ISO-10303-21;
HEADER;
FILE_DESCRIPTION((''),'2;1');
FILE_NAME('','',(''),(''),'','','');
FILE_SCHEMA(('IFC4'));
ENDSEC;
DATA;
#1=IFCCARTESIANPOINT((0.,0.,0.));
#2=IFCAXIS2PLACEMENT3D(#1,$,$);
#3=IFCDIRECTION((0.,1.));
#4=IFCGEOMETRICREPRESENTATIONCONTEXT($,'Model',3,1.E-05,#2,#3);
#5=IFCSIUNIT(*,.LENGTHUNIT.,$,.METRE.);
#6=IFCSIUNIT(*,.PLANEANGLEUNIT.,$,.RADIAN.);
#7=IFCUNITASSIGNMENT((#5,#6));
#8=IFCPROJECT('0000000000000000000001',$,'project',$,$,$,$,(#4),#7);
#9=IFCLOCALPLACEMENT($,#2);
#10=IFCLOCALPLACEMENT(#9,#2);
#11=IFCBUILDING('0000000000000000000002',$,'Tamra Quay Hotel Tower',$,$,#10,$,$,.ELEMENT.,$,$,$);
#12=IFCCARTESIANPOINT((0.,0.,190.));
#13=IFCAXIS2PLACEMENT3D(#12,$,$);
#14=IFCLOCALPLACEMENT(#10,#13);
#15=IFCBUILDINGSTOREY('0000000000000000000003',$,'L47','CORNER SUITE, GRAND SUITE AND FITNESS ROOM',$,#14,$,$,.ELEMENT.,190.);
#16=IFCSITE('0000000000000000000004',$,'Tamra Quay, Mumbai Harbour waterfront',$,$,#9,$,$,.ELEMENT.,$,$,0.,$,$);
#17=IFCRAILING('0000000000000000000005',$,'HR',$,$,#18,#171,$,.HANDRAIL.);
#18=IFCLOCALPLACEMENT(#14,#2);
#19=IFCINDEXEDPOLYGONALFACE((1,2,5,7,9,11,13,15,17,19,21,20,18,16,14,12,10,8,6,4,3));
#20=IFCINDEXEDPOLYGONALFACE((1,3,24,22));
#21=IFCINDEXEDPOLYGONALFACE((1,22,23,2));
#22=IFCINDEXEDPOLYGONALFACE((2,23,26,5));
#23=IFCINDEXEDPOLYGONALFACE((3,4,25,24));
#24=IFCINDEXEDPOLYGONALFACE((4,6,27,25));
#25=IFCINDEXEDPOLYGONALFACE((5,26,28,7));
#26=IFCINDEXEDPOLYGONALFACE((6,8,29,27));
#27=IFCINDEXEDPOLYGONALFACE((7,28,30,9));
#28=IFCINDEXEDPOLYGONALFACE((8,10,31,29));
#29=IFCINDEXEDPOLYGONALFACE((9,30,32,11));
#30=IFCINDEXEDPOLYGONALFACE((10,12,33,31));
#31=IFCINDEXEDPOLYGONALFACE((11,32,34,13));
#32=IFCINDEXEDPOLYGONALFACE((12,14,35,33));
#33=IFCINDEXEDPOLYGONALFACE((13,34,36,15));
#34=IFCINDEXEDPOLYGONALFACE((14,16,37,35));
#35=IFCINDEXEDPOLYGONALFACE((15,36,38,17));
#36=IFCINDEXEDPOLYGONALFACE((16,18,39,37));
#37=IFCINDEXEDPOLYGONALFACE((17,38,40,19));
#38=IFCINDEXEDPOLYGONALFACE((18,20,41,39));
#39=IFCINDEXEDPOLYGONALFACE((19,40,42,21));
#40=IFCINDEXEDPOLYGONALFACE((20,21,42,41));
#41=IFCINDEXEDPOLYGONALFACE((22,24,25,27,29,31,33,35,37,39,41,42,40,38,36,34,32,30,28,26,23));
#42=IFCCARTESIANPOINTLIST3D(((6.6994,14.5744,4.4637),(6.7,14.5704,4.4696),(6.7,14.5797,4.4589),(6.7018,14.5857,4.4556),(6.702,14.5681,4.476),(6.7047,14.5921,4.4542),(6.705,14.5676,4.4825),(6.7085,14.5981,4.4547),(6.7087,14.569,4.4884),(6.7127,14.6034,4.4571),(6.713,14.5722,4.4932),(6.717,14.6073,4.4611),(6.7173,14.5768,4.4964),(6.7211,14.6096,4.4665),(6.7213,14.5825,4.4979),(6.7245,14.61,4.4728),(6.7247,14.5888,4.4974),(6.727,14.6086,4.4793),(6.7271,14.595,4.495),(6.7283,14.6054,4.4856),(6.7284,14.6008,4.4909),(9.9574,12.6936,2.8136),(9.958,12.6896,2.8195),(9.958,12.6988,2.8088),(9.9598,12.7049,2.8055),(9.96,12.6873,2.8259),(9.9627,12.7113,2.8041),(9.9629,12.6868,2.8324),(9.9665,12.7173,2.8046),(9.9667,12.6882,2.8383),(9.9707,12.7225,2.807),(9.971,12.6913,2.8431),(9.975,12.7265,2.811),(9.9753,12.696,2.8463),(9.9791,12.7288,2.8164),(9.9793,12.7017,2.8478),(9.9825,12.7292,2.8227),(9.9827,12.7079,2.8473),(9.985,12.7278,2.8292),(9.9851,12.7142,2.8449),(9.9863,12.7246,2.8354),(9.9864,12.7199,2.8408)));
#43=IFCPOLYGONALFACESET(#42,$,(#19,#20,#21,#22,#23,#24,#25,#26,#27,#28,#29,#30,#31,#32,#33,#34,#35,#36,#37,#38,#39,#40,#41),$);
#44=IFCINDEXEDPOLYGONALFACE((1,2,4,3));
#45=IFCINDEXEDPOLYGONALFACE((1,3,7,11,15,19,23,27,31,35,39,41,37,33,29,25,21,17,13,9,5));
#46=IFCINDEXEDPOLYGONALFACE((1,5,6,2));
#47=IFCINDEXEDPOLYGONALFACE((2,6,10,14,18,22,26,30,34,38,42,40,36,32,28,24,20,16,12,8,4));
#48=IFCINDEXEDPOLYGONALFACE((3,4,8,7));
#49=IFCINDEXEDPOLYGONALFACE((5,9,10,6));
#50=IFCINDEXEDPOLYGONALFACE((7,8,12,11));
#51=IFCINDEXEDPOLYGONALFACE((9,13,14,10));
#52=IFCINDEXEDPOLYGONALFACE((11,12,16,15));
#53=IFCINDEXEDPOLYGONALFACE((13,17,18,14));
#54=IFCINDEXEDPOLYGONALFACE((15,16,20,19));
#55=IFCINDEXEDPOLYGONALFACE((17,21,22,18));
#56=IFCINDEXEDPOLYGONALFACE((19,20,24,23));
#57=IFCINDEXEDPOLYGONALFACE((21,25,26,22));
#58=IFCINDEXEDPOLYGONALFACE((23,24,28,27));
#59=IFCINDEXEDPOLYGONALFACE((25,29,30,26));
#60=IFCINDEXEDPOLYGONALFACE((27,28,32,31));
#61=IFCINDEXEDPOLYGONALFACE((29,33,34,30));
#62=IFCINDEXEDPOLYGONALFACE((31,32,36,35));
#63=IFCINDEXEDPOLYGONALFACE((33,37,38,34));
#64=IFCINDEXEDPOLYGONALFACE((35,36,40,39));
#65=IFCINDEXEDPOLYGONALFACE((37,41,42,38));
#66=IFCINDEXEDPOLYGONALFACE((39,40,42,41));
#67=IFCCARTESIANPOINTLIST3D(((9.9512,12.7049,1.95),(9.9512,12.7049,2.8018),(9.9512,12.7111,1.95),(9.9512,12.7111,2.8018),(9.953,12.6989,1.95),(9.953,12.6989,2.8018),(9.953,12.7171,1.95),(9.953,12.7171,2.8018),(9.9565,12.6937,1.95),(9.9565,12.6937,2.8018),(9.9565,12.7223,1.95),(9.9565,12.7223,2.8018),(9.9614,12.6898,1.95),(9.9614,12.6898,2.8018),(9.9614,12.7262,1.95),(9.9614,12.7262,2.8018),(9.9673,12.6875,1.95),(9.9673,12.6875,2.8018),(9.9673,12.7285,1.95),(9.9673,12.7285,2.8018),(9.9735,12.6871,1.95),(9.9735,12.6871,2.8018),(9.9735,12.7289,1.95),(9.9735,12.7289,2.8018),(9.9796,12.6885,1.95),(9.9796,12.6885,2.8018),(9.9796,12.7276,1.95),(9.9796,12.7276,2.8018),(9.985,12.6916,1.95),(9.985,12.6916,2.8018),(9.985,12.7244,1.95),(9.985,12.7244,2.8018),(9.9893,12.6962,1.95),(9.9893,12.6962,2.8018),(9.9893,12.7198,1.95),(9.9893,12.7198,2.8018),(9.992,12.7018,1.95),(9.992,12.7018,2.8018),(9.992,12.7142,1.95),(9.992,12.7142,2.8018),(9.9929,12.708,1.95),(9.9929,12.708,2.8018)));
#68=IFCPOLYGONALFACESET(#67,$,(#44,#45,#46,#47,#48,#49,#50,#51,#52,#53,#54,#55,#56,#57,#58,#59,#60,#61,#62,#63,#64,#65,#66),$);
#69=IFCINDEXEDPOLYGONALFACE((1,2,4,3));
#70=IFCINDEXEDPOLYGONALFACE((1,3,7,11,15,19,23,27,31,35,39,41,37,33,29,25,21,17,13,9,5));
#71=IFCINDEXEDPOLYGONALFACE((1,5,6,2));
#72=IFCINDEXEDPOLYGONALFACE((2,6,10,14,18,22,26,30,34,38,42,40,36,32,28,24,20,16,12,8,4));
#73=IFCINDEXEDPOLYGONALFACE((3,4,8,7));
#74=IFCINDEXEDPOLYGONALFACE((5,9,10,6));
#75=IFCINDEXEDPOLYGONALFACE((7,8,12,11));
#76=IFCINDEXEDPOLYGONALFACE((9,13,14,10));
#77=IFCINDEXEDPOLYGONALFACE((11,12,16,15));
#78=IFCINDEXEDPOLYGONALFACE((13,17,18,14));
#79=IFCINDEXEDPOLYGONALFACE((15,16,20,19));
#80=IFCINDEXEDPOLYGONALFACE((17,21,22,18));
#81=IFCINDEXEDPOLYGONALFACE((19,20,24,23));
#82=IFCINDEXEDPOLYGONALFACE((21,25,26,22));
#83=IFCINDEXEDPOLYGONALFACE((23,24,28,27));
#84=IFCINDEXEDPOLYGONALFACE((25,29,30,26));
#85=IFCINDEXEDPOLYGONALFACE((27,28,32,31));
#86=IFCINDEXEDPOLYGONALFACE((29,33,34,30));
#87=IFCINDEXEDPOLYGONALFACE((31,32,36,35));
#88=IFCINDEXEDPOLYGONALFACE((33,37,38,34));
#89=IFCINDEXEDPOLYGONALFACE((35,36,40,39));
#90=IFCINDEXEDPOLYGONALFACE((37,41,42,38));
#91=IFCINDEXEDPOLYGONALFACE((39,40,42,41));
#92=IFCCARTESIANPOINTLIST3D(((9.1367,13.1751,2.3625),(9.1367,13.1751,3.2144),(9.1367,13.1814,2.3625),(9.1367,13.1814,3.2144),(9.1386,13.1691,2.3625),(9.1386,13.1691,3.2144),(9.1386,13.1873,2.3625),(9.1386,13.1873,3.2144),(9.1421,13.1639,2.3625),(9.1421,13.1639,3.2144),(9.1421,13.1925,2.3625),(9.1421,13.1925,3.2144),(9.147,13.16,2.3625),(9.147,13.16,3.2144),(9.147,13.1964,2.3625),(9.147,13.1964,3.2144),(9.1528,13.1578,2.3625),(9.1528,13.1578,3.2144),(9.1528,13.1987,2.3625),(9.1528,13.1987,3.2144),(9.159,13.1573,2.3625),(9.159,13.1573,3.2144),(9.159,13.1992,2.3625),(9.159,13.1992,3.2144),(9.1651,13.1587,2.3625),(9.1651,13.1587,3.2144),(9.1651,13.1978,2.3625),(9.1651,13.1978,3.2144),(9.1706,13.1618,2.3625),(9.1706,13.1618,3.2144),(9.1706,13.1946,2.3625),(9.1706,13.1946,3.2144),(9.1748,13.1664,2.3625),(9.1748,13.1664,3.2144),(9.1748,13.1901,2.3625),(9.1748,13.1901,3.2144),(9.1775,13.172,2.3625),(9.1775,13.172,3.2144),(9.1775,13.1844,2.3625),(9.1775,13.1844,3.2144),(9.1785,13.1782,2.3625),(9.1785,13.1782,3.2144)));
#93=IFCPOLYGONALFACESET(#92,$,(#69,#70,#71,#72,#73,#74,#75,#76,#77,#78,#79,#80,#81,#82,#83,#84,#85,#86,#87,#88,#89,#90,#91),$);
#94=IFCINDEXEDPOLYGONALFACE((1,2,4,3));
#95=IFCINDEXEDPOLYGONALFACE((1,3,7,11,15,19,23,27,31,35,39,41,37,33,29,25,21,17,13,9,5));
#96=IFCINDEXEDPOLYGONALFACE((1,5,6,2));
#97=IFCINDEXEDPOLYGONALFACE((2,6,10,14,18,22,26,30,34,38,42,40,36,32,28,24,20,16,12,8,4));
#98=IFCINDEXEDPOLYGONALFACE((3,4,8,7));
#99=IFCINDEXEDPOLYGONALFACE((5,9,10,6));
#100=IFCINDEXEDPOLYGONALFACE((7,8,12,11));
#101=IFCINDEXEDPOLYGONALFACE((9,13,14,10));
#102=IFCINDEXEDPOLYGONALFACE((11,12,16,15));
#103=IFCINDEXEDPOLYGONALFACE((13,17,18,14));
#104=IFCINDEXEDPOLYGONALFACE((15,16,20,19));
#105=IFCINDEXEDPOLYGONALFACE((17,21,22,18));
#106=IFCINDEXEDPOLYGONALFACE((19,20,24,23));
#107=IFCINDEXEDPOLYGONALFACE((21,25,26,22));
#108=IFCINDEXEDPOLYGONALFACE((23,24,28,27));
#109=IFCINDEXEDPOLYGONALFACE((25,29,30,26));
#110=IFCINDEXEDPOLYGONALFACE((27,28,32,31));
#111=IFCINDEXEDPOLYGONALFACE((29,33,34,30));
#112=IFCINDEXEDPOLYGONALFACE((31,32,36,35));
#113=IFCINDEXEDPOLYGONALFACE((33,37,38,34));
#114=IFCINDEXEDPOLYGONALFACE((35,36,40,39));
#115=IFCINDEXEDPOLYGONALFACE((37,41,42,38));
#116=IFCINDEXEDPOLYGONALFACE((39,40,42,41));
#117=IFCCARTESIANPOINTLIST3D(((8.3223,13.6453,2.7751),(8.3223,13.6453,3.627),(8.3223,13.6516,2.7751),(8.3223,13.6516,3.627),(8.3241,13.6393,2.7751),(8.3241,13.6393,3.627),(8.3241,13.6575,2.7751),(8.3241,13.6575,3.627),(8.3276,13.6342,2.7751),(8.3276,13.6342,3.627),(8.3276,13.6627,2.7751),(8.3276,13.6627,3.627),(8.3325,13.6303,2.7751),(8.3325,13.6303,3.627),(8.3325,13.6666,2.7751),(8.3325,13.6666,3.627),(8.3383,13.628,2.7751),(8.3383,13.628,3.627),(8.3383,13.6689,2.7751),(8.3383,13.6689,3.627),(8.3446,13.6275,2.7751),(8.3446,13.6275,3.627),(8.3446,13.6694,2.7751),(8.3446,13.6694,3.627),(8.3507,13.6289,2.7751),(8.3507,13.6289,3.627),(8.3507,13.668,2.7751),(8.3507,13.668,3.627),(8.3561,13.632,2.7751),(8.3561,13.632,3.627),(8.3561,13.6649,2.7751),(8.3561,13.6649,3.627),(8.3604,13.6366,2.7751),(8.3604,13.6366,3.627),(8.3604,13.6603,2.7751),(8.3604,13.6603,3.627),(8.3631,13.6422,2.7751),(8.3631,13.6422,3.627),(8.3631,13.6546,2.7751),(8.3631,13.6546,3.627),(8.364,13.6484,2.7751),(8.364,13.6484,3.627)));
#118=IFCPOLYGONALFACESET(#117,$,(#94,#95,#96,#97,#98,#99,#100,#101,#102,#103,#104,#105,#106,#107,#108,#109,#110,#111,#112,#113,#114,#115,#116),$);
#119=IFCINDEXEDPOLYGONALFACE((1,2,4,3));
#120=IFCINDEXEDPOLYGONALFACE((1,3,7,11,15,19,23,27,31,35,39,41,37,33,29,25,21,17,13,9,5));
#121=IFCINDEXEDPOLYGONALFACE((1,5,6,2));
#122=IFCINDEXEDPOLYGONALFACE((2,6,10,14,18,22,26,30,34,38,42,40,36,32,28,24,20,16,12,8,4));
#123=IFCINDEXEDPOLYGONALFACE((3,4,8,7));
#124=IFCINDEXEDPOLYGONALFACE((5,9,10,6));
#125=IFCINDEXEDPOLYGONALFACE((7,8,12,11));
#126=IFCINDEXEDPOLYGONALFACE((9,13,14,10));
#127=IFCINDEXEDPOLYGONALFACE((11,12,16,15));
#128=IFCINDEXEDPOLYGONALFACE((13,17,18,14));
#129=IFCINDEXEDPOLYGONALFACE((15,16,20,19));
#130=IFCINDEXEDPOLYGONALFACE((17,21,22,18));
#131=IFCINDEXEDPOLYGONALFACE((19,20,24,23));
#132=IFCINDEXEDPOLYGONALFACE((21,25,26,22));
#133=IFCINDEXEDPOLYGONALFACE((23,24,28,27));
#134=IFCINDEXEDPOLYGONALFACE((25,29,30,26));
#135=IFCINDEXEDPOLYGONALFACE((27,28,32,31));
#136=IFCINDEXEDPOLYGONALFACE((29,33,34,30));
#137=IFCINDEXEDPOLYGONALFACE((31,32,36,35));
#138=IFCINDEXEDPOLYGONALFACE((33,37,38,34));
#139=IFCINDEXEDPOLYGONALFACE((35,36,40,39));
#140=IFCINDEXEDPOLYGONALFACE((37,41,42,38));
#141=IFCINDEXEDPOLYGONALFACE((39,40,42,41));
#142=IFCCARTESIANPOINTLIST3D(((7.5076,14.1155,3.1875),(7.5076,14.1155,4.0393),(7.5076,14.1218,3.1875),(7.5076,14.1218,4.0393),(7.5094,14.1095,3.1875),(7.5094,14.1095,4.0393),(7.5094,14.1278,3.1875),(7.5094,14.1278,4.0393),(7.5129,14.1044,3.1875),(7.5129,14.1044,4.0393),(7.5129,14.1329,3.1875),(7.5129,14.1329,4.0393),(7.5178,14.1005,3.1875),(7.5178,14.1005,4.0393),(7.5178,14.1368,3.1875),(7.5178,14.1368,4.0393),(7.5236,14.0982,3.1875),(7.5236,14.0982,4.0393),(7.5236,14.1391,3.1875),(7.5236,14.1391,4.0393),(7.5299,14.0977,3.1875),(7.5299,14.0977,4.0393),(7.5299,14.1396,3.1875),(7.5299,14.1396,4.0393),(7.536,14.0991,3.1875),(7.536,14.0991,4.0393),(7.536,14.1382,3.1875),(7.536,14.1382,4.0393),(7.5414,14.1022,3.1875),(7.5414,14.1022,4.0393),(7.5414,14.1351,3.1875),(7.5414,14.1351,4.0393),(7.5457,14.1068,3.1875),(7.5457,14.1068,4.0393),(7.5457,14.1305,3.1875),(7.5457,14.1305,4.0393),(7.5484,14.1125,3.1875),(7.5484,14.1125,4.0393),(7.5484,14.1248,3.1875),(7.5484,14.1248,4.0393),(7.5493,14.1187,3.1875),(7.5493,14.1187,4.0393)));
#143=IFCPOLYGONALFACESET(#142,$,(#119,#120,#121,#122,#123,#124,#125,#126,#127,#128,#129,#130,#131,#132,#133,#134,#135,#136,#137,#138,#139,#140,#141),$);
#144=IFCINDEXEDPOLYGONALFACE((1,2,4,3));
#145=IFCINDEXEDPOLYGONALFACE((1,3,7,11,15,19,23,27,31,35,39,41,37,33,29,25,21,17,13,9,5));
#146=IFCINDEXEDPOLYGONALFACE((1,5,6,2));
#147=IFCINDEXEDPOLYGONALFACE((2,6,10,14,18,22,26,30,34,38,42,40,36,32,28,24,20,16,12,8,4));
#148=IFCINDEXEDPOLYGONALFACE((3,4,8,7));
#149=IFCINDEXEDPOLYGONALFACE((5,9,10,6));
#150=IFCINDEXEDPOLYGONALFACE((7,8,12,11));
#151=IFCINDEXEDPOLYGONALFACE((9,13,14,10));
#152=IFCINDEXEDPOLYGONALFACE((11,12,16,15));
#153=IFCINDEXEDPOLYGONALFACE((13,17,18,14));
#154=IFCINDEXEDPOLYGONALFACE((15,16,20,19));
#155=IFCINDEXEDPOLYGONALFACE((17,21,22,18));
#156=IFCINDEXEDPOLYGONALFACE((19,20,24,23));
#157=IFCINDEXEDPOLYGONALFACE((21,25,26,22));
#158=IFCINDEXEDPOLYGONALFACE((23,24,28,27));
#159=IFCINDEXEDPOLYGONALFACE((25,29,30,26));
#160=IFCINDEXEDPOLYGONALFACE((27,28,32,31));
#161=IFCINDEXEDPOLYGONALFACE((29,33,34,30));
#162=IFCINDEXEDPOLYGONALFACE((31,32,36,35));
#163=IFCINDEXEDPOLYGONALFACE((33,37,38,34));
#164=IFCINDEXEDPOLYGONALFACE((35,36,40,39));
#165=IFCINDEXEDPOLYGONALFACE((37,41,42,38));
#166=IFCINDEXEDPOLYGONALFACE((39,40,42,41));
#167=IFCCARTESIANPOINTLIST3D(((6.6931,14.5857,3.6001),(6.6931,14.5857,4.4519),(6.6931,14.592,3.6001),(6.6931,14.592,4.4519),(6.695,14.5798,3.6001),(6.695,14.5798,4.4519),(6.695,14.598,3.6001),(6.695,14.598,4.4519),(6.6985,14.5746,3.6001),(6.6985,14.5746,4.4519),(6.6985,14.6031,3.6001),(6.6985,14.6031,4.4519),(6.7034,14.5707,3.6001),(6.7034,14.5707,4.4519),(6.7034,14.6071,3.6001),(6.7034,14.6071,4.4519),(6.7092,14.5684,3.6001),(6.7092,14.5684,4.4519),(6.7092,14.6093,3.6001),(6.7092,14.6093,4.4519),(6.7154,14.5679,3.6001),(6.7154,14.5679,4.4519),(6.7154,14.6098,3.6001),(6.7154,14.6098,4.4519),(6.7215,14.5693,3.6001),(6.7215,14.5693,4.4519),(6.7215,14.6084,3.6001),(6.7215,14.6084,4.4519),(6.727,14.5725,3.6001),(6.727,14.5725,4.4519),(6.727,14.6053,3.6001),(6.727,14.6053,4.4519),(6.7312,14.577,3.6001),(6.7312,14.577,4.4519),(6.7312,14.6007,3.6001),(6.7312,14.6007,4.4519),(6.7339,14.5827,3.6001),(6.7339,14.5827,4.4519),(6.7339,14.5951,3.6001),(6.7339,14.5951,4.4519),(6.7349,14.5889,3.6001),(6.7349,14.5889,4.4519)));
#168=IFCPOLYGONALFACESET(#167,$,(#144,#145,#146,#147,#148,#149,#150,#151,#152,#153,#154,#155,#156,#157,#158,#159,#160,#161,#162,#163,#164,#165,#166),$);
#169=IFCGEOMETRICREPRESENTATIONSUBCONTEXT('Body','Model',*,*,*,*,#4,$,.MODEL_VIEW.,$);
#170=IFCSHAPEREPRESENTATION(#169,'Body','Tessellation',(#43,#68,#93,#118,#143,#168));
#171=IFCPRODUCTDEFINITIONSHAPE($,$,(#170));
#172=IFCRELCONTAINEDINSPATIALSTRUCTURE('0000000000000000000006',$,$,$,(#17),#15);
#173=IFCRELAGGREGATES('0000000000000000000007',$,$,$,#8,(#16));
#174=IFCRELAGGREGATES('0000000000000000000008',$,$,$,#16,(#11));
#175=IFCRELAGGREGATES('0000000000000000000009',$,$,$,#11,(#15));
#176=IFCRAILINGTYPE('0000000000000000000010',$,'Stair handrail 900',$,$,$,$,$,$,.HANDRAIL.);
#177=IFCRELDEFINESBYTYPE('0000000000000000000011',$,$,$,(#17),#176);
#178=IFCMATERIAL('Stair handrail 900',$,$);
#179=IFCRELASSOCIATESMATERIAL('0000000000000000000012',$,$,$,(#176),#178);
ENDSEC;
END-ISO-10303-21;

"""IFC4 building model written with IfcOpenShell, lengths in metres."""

from ifc_helpers import new_model, si_unit, direction, frame, origin, origin_2d, place, context, subcontext, project, spatial, circle, extrude, material, type_object, element, save


model = new_model("IFC4")

# Units and contexts
model_context = context("Model", 3, precision=1e-05, world=origin(), true_north=direction((0.0, 1.0)))
body_context = subcontext(model_context, "Body", "Model", "MODEL_VIEW")
ifc_project = project(units=[si_unit("LENGTHUNIT", "METRE"), si_unit("PLANEANGLEUNIT", "RADIAN")], contexts=[model_context])

# Site, building, storey
site_placement = place(None, origin())
site = spatial("IfcSite", under=ifc_project, at=site_placement, Name="Tamra Quay, Mumbai Harbour waterfront", CompositionType="ELEMENT", RefElevation=0.0)
building_placement = place(site_placement, origin())
building = spatial("IfcBuilding", under=site, at=building_placement, Name="Tamra Quay Hotel Tower", CompositionType="ELEMENT")
storey_placement = place(building_placement, frame((0.0, 0.0, 190.0)))
storey = spatial("IfcBuildingStorey", under=building, at=storey_placement, Name="L47", Description="CORNER SUITE, GRAND SUITE AND FITNESS ROOM", CompositionType="ELEMENT", Elevation=190.0)

# Railing
ifc_material_1 = material(Name="Stair handrail 900")
railing_type_1 = type_object("IfcRailingType", Name="Stair handrail 900", PredefinedType="HANDRAIL", material=ifc_material_1)
railing_1_placement = place(storey_placement, frame((9.9719, 12.708, 1.95)))
element("IfcRailing", 1, at=railing_1_placement, inside=storey, type_object=railing_type_1, Name="HR", PredefinedType="HANDRAIL", context=body_context, shape_type="SweptSolid", body=[
    extrude(circle(Radius=0.0239, at=origin_2d()), frame((0.0, 0.0, 0.876), z_axis=(-0.793103, 0.457854, 0.401692), x_axis=(-0.499964, -0.866046, 0.0)), (0.0, 0.0, 1.0), 4.1079),
    extrude(circle(Radius=0.021, at=origin_2d()), origin(), (0.0, 0.0, 1.0), 0.8518),
    extrude(circle(Radius=0.021, at=origin_2d()), frame((-0.8145, 0.4702, 0.4126)), (0.0, 0.0, 1.0), 0.8518),
    extrude(circle(Radius=0.021, at=origin_2d()), frame((-1.6289, 0.9404, 0.8252)), (0.0, 0.0, 1.0), 0.8518),
    extrude(circle(Radius=0.021, at=origin_2d()), frame((-2.4436, 1.4106, 1.2375)), (0.0, 0.0, 1.0), 0.8518),
    extrude(circle(Radius=0.021, at=origin_2d()), frame((-3.2581, 1.8809, 1.6501)), (0.0, 0.0, 1.0), 0.8518),
])

save(model, "model.ifc")
